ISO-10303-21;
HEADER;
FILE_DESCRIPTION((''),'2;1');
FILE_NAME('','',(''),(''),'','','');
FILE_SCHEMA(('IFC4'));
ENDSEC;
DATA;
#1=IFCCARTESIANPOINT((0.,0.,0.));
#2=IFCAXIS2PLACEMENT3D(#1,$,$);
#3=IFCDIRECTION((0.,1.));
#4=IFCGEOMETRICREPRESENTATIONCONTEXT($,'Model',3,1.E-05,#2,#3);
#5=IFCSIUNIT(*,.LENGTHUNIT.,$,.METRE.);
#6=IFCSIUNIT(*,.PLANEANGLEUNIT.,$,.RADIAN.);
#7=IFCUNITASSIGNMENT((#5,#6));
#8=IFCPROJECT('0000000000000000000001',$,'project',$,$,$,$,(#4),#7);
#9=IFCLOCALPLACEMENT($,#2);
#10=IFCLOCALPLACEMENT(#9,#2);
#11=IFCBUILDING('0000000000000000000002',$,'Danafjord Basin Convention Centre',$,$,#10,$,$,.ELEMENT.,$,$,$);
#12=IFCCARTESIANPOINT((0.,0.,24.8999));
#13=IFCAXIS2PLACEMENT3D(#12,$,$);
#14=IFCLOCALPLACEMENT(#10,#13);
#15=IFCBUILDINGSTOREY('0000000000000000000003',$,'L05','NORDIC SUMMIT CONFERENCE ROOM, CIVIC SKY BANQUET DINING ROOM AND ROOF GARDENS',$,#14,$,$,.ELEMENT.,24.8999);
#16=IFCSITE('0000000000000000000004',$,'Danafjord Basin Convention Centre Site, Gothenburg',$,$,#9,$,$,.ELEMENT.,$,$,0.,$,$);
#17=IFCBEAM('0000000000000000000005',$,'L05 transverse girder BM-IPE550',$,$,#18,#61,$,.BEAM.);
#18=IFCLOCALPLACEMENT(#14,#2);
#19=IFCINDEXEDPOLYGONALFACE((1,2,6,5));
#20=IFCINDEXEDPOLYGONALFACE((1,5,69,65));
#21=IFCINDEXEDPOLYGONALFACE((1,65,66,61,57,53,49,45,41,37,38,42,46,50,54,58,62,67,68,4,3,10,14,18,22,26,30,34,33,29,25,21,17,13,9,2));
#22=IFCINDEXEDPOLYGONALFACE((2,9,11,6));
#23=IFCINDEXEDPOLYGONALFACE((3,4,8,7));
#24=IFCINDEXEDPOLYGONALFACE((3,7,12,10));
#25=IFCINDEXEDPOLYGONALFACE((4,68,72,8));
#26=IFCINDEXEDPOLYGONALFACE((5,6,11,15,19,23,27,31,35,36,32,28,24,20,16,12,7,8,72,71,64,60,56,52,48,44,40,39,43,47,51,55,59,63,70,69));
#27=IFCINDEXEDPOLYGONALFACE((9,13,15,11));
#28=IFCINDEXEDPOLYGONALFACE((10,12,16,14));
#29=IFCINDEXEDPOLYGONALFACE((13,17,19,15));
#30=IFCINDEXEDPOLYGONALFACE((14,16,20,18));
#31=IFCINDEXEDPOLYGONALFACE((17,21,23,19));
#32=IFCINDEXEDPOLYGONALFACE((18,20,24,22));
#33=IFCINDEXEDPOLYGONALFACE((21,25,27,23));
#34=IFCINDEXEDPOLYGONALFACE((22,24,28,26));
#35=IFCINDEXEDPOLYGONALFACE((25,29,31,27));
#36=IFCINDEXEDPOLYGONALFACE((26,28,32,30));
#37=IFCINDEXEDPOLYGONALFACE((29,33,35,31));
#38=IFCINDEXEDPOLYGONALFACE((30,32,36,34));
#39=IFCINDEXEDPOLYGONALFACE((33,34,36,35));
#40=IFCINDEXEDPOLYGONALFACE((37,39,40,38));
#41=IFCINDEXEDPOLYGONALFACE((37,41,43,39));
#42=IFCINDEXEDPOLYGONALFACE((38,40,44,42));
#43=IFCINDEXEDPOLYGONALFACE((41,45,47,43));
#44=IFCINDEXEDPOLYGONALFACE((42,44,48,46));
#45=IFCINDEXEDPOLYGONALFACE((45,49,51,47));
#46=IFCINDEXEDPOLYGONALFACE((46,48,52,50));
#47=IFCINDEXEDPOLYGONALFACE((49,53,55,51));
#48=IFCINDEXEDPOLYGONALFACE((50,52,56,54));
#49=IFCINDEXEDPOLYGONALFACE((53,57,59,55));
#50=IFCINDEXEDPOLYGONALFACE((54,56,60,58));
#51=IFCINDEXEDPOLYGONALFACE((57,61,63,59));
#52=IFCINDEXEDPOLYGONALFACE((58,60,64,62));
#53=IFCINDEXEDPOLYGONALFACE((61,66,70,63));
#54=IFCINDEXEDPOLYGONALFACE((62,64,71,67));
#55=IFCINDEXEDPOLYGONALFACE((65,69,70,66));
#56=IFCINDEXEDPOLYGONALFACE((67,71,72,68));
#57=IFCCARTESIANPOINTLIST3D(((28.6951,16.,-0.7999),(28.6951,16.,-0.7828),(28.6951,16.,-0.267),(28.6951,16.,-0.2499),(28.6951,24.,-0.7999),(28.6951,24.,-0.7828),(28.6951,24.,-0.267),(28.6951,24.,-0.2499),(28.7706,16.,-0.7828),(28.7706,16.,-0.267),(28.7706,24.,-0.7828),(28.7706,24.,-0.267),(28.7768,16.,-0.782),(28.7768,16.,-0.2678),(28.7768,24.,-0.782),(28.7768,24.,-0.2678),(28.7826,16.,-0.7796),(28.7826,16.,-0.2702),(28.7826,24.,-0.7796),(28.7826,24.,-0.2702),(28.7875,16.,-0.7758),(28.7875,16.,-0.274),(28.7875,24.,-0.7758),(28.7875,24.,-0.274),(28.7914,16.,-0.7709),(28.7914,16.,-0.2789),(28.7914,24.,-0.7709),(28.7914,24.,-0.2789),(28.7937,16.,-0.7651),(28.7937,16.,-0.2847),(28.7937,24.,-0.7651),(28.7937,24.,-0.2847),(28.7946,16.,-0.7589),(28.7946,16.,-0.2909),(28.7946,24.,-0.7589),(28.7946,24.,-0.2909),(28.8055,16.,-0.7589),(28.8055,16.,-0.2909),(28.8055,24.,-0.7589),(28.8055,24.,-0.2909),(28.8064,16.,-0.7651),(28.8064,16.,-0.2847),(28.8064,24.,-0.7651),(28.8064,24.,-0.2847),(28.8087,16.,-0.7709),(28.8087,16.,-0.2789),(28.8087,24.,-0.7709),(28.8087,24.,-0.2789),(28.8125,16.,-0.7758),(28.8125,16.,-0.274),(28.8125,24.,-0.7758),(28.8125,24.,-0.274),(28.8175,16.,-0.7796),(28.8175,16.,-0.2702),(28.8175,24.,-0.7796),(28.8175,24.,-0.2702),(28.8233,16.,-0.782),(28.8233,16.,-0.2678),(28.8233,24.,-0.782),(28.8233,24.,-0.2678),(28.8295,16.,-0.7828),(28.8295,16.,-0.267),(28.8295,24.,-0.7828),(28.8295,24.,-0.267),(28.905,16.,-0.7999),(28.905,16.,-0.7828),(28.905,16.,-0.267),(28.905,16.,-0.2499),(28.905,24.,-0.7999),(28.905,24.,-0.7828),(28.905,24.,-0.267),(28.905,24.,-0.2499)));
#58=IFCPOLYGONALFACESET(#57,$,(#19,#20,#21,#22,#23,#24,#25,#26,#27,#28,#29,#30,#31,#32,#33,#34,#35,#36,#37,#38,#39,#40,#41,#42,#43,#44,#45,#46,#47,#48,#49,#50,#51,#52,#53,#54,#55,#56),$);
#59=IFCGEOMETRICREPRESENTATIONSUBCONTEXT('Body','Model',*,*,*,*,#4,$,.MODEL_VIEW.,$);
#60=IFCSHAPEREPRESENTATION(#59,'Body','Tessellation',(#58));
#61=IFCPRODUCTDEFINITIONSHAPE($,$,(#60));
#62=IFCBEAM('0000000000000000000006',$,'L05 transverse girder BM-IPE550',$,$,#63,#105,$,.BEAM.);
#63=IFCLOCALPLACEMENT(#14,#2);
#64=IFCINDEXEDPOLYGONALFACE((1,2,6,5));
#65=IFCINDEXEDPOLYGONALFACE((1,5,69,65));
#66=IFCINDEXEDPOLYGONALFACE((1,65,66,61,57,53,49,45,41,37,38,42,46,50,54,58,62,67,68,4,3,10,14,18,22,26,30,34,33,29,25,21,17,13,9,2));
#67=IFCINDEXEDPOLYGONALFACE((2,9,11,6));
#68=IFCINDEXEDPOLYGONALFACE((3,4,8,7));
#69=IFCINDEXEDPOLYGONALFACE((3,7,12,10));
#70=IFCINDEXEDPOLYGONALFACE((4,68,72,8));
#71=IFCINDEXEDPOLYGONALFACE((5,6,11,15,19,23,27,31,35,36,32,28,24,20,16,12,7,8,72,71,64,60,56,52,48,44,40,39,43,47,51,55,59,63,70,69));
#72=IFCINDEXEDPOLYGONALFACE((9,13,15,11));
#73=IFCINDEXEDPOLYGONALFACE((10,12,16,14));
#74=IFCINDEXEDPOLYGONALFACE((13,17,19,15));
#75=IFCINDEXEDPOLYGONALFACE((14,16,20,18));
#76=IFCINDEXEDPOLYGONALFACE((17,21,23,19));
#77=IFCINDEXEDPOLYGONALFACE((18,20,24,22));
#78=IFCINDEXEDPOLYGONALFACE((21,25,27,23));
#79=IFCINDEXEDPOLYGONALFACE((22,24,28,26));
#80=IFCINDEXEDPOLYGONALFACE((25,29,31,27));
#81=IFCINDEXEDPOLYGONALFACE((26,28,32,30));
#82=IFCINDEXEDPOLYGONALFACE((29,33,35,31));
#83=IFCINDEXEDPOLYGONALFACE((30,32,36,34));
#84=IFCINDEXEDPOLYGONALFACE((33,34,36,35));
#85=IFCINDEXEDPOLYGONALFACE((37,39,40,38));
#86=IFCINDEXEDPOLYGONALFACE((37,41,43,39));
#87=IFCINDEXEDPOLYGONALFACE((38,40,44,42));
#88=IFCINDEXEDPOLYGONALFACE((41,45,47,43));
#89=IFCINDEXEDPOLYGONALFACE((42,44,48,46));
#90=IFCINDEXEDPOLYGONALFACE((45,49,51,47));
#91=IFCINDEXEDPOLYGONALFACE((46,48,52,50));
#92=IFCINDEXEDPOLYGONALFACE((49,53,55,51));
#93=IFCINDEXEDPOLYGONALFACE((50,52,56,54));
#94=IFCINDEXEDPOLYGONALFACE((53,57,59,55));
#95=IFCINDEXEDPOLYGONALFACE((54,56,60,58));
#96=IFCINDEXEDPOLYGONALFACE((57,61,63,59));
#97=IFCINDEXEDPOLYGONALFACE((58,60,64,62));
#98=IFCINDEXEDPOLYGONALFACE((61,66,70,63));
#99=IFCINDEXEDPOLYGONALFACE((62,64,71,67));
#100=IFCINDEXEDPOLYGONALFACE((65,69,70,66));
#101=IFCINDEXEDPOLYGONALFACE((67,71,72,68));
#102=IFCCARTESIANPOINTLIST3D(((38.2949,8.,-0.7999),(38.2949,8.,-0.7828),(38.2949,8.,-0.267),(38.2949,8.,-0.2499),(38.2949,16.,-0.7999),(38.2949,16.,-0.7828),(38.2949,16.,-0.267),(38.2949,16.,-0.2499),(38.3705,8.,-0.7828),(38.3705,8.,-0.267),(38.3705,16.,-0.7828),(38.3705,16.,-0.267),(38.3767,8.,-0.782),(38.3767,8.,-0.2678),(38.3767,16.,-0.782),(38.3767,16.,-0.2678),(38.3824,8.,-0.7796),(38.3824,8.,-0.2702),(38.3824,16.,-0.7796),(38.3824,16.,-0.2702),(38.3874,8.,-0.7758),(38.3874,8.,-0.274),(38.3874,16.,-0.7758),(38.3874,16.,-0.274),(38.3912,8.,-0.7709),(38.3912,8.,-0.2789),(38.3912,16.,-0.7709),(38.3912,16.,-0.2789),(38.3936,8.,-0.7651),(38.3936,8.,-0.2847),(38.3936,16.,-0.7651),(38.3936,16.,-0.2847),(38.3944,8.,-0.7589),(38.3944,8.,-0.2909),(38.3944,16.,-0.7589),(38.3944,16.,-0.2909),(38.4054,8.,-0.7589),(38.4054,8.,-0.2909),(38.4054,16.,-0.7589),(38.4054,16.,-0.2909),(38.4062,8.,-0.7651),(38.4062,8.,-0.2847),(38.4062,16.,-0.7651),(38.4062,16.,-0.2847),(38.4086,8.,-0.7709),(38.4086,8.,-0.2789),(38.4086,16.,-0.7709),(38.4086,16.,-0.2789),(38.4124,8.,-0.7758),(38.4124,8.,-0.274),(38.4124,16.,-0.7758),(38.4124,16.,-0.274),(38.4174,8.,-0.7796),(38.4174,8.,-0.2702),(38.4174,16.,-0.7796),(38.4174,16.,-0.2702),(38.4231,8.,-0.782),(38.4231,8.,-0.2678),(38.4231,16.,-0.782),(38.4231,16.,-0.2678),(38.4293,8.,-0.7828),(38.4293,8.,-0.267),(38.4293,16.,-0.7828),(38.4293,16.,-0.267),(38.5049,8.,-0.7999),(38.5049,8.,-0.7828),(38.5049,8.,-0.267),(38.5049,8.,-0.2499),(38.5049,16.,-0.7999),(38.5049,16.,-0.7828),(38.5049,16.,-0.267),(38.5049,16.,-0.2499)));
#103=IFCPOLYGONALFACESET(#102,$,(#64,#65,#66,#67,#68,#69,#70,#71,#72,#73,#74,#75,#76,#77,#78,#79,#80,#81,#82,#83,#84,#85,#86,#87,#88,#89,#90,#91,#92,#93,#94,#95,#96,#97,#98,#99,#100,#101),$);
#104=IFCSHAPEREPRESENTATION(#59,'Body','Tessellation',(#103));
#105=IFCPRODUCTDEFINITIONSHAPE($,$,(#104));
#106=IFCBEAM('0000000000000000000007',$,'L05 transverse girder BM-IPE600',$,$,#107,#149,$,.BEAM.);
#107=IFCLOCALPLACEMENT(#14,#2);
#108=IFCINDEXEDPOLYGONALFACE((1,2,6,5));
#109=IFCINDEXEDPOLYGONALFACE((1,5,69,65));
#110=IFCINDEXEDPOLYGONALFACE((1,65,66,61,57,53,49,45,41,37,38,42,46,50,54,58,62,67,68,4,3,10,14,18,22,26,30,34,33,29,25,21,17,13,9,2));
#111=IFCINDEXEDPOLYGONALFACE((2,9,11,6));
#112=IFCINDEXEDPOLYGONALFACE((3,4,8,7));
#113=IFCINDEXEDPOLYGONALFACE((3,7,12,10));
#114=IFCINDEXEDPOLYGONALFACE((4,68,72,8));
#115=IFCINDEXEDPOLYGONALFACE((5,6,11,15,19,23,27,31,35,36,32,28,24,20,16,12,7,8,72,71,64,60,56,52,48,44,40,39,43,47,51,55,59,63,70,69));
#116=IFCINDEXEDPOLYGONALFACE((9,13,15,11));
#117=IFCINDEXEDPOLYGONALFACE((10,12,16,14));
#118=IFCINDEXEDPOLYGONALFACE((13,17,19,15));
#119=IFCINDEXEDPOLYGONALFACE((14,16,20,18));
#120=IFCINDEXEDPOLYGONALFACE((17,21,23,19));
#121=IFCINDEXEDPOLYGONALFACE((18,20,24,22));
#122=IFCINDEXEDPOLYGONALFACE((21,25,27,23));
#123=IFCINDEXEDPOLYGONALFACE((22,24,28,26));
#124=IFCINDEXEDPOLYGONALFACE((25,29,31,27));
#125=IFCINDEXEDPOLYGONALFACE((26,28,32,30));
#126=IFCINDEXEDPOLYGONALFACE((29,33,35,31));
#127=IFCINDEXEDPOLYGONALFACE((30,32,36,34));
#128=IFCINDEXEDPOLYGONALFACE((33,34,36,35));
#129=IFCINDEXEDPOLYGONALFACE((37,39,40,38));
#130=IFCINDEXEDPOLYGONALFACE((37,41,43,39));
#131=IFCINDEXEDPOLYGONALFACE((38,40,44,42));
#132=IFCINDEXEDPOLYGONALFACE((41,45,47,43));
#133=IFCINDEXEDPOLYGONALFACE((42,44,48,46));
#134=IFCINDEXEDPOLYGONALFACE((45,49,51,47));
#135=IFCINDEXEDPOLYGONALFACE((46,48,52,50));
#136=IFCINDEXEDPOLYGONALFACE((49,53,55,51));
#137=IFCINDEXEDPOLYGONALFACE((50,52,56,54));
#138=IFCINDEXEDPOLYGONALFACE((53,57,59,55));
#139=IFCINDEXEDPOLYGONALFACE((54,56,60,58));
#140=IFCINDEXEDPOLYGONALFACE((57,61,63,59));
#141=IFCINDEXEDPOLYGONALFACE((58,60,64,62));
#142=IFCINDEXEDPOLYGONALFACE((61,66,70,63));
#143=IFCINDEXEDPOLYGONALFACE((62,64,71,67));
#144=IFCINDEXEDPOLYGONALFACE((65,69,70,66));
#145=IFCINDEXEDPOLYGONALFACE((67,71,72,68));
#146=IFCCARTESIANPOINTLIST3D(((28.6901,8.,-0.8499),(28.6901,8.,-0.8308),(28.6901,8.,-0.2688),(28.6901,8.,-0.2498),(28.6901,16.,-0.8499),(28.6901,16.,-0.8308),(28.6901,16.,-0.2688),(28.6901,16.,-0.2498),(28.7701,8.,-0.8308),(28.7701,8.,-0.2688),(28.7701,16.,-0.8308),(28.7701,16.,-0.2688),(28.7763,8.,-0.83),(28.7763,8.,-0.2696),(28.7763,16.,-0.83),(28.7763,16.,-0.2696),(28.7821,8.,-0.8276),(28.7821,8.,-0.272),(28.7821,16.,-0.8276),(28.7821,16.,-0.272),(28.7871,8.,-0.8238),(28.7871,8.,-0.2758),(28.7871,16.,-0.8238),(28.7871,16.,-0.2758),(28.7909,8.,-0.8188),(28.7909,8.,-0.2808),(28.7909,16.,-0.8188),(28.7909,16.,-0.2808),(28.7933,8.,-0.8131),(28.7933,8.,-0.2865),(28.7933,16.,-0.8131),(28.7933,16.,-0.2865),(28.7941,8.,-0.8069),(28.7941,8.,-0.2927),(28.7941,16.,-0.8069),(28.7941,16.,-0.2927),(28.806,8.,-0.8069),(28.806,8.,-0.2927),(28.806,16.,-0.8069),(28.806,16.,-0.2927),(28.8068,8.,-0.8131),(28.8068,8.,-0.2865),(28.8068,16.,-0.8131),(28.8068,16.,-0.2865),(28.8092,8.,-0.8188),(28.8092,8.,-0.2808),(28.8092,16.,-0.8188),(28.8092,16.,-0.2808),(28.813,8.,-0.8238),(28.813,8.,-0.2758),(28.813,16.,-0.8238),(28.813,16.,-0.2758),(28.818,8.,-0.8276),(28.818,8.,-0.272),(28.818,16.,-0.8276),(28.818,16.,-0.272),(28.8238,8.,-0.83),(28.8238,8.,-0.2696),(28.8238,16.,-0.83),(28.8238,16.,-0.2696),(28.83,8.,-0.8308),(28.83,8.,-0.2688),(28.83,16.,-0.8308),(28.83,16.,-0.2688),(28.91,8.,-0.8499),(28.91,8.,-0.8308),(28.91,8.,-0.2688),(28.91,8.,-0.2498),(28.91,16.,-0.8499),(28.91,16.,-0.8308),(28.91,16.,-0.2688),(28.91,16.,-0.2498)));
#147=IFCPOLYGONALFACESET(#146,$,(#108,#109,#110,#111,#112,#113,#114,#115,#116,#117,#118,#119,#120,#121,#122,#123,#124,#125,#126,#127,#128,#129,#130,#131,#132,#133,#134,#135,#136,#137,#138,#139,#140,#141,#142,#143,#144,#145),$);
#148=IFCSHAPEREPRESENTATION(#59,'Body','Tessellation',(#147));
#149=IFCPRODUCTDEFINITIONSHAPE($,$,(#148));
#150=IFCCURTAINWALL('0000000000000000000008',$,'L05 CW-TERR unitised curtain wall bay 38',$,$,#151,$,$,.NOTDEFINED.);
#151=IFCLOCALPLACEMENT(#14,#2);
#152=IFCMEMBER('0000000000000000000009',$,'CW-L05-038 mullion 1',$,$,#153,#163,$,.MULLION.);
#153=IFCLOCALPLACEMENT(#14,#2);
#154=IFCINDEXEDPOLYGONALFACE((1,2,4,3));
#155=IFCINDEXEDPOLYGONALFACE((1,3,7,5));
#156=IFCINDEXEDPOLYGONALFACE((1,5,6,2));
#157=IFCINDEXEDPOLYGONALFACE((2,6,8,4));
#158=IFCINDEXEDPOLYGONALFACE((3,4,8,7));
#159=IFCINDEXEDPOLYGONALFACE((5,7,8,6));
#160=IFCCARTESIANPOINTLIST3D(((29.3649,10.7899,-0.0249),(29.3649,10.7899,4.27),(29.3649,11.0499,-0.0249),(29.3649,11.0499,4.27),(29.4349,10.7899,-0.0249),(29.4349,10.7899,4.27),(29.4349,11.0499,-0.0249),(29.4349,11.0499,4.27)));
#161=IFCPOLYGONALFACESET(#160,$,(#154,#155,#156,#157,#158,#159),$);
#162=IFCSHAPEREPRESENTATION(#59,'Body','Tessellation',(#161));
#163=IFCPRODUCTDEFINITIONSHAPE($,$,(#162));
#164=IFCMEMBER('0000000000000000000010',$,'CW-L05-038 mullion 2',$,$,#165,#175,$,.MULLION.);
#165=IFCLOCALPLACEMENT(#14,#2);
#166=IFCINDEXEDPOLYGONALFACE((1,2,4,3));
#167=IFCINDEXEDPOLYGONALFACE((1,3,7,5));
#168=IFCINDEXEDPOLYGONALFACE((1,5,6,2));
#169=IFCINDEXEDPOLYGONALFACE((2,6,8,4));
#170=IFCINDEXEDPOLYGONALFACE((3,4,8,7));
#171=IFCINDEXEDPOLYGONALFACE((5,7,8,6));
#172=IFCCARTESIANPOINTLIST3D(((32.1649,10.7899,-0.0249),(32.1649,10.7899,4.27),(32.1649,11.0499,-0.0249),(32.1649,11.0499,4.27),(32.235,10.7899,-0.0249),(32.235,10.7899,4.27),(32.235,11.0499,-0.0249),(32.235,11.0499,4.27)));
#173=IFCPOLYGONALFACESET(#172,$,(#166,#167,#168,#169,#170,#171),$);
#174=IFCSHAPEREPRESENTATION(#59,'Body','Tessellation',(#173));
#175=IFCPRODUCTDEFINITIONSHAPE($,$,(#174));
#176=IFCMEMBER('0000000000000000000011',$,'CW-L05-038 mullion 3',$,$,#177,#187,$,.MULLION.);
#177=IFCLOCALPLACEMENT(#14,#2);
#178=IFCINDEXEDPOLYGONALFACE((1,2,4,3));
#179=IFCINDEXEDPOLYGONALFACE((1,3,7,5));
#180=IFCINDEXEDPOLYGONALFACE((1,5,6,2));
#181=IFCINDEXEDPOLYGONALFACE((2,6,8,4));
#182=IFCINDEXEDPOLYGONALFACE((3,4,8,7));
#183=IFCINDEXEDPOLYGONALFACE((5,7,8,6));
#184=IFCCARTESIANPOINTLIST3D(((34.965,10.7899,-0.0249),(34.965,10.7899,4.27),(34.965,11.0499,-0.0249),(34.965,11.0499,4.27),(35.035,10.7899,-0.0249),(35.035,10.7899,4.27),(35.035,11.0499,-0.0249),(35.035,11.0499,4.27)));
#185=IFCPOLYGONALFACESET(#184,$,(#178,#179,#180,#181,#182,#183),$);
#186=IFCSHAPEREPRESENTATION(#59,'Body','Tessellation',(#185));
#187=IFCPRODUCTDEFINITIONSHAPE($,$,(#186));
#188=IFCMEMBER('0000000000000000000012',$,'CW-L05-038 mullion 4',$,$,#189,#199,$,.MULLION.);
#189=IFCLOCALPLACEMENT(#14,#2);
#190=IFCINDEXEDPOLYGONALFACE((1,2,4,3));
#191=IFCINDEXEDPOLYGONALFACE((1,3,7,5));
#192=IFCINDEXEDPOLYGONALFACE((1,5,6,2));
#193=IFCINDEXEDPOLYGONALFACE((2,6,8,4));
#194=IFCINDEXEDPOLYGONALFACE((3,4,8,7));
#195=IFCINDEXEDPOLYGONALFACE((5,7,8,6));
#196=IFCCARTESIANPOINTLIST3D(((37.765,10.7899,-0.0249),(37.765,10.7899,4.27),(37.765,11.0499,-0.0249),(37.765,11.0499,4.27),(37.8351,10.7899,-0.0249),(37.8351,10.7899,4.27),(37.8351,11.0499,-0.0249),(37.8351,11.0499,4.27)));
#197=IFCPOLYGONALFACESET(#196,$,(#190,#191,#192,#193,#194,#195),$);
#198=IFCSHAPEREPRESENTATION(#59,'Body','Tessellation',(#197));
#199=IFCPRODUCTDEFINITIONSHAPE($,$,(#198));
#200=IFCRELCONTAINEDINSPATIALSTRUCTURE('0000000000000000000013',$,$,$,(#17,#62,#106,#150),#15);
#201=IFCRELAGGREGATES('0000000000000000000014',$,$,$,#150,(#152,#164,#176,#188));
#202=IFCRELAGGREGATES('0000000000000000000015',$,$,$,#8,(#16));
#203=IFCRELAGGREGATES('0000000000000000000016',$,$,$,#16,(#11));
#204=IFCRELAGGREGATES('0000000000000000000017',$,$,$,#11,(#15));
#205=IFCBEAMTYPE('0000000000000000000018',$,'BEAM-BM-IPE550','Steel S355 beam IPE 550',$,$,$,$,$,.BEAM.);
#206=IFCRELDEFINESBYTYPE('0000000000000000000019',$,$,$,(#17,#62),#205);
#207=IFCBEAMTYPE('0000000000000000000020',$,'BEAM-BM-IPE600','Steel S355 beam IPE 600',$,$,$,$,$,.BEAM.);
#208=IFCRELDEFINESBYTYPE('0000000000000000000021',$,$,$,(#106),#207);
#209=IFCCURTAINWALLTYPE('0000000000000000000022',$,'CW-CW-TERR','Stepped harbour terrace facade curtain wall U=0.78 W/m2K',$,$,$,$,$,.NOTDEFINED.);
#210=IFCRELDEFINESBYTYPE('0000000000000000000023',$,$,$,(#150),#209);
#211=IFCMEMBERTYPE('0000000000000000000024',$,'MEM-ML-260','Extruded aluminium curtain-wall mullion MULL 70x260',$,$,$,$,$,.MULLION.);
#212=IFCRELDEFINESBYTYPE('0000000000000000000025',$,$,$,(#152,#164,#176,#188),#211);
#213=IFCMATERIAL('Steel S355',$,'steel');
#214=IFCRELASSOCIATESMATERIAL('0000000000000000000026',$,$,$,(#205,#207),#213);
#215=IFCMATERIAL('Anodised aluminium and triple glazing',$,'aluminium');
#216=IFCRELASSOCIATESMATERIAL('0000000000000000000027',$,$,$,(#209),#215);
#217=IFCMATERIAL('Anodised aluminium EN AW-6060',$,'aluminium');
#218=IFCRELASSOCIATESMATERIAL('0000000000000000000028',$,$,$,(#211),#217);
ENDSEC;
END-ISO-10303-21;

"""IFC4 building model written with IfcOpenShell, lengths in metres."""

from ifc_helpers import new_model, si_unit, direction, frame, origin, origin_2d, place, context, subcontext, project, spatial, rectangle, i_section, extrude, material, material_profile, profile_set, type_object, element, aggregate, save


model = new_model("IFC4")

# Units and contexts
model_context = context("Model", 3, precision=1e-05, world=origin(), true_north=direction((0.0, 1.0)))
body_context = subcontext(model_context, "Body", "Model", "MODEL_VIEW")
ifc_project = project(units=[si_unit("LENGTHUNIT", "METRE"), si_unit("PLANEANGLEUNIT", "RADIAN")], contexts=[model_context])

# Site, building, storey
site_placement = place(None, origin())
site = spatial("IfcSite", under=ifc_project, at=site_placement, Name="Danafjord Basin Convention Centre Site, Gothenburg", CompositionType="ELEMENT", RefElevation=0.0)
building_placement = place(site_placement, origin())
building = spatial("IfcBuilding", under=site, at=building_placement, Name="Danafjord Basin Convention Centre", CompositionType="ELEMENT")
storey_placement = place(building_placement, frame((0.0, 0.0, 24.8999)))
storey = spatial("IfcBuildingStorey", under=building, at=storey_placement, Name="L05", Description="NORDIC SUMMIT CONFERENCE ROOM, CIVIC SKY BANQUET DINING ROOM AND ROOF GARDENS", CompositionType="ELEMENT", Elevation=24.8999)

# Shared definitions
ifc_material_1 = material(Name="Steel S355", Category="steel")

# Beams
ifc_material_profile_1 = material_profile(ifc_material_1, i_section(OverallWidth=0.21, OverallDepth=0.55, WebThickness=0.011, FlangeThickness=0.0171, FilletRadius=0.0239, at=origin_2d()), Name="IPE 550")
ifc_profile_set_1 = profile_set([ifc_material_profile_1], Name="Steel S355")
beam_type_1 = type_object("IfcBeamType", Name="BEAM-BM-IPE550", Description="Steel S355 beam IPE 550", PredefinedType="BEAM", material=ifc_profile_set_1)
for number, where, z_axis, x_axis, name in (
    (1, (28.8, 16.0, -0.5249), (0.0, 1.0, 0.0), (-1.0, 0.0, 0.0), "L05 transverse girder BM-IPE550"),
    (2, (38.3999, 8.0, -0.5249), (0.0, 1.0, 0.0), (-1.0, 0.0, 0.0), "L05 transverse girder BM-IPE550"),
):
    element("IfcBeam", number, at=place(storey_placement, frame(where, z_axis=z_axis, x_axis=x_axis)), inside=storey, type_object=beam_type_1, Name=name, PredefinedType="BEAM", context=body_context, shape_type="SweptSolid", body=[
        extrude(i_section(OverallWidth=0.21, OverallDepth=0.55, WebThickness=0.011, FlangeThickness=0.0171, FilletRadius=0.0239, at=origin_2d()), origin(), (0.0, 0.0, 1.0), 8.0),
    ])
ifc_material_profile_2 = material_profile(ifc_material_1, i_section(OverallWidth=0.22, OverallDepth=0.6001, WebThickness=0.012, FlangeThickness=0.019, FilletRadius=0.0239, at=origin_2d()), Name="IPE 600")
ifc_profile_set_2 = profile_set([ifc_material_profile_2], Name="Steel S355")
beam_type_2 = type_object("IfcBeamType", Name="BEAM-BM-IPE600", Description="Steel S355 beam IPE 600", PredefinedType="BEAM", material=ifc_profile_set_2)
beam_1_placement = place(storey_placement, frame((28.8, 8.0, -0.5498), z_axis=(0.0, 1.0, 0.0), x_axis=(-1.0, 0.0, 0.0)))
element("IfcBeam", 3, at=beam_1_placement, inside=storey, type_object=beam_type_2, Name="L05 transverse girder BM-IPE600", PredefinedType="BEAM", context=body_context, shape_type="SweptSolid", body=[
    extrude(i_section(OverallWidth=0.22, OverallDepth=0.6001, WebThickness=0.012, FlangeThickness=0.019, FilletRadius=0.0239, at=origin_2d()), origin(), (0.0, 0.0, 1.0), 8.0),
])

# Curtain wall, members
ifc_material_2 = material(Name="Anodised aluminium and triple glazing", Category="aluminium")
curtain_wall_type = type_object("IfcCurtainWallType", Name="CW-CW-TERR", Description="Stepped harbour terrace facade curtain wall U=0.78 W/m2K", PredefinedType="NOTDEFINED", material=ifc_material_2)
curtain_wall_placement = place(storey_placement, origin())
curtain_wall = element("IfcCurtainWall", 4, at=curtain_wall_placement, inside=storey, type_object=curtain_wall_type, Name="L05 CW-TERR unitised curtain wall bay 38", PredefinedType="NOTDEFINED")
ifc_material_3 = material(Name="Anodised aluminium EN AW-6060", Category="aluminium")
ifc_material_profile_3 = material_profile(ifc_material_3, rectangle(XDim=0.0701, YDim=0.26, at=origin_2d()), Name="MULL 70x260")
ifc_profile_set_3 = profile_set([ifc_material_profile_3], Name="Anodised aluminium EN AW-6060")
member_type_1 = type_object("IfcMemberType", Name="MEM-ML-260", Description="Extruded aluminium curtain-wall mullion MULL 70x260", PredefinedType="MULLION", material=ifc_profile_set_3)
member_1_placement = place(storey_placement, frame((29.3999, 10.9199, -0.0249), z_axis=(0.0, 0.0, 1.0), x_axis=(1.0, 0.0, 0.0)))
member_1 = element("IfcMember", 5, at=member_1_placement, type_object=member_type_1, Name="CW-L05-038 mullion 1", PredefinedType="MULLION", context=body_context, shape_type="SweptSolid", body=[
    extrude(rectangle(XDim=0.0701, YDim=0.26, at=origin_2d()), origin(), (0.0, 0.0, 1.0), 4.2949),
])
member_2_placement = place(storey_placement, frame((32.2, 10.9199, -0.0249), z_axis=(0.0, 0.0, 1.0), x_axis=(1.0, 0.0, 0.0)))
member_2 = element("IfcMember", 6, at=member_2_placement, type_object=member_type_1, Name="CW-L05-038 mullion 2", PredefinedType="MULLION", context=body_context, shape_type="SweptSolid", body=[
    extrude(rectangle(XDim=0.0701, YDim=0.26, at=origin_2d()), origin(), (0.0, 0.0, 1.0), 4.2949),
])
member_3_placement = place(storey_placement, frame((35.0, 10.9199, -0.0249), z_axis=(0.0, 0.0, 1.0), x_axis=(1.0, 0.0, 0.0)))
member_3 = element("IfcMember", 7, at=member_3_placement, type_object=member_type_1, Name="CW-L05-038 mullion 3", PredefinedType="MULLION", context=body_context, shape_type="SweptSolid", body=[
    extrude(rectangle(XDim=0.0701, YDim=0.26, at=origin_2d()), origin(), (0.0, 0.0, 1.0), 4.2949),
])
member_4_placement = place(storey_placement, frame((37.8, 10.9199, -0.0249), z_axis=(0.0, 0.0, 1.0), x_axis=(1.0, 0.0, 0.0)))
member_4 = element("IfcMember", 8, at=member_4_placement, type_object=member_type_1, Name="CW-L05-038 mullion 4", PredefinedType="MULLION", context=body_context, shape_type="SweptSolid", body=[
    extrude(rectangle(XDim=0.0701, YDim=0.26, at=origin_2d()), origin(), (0.0, 0.0, 1.0), 4.2949),
])
aggregate(curtain_wall, [member_1, member_2, member_3, member_4])

save(model, "model.ifc")
